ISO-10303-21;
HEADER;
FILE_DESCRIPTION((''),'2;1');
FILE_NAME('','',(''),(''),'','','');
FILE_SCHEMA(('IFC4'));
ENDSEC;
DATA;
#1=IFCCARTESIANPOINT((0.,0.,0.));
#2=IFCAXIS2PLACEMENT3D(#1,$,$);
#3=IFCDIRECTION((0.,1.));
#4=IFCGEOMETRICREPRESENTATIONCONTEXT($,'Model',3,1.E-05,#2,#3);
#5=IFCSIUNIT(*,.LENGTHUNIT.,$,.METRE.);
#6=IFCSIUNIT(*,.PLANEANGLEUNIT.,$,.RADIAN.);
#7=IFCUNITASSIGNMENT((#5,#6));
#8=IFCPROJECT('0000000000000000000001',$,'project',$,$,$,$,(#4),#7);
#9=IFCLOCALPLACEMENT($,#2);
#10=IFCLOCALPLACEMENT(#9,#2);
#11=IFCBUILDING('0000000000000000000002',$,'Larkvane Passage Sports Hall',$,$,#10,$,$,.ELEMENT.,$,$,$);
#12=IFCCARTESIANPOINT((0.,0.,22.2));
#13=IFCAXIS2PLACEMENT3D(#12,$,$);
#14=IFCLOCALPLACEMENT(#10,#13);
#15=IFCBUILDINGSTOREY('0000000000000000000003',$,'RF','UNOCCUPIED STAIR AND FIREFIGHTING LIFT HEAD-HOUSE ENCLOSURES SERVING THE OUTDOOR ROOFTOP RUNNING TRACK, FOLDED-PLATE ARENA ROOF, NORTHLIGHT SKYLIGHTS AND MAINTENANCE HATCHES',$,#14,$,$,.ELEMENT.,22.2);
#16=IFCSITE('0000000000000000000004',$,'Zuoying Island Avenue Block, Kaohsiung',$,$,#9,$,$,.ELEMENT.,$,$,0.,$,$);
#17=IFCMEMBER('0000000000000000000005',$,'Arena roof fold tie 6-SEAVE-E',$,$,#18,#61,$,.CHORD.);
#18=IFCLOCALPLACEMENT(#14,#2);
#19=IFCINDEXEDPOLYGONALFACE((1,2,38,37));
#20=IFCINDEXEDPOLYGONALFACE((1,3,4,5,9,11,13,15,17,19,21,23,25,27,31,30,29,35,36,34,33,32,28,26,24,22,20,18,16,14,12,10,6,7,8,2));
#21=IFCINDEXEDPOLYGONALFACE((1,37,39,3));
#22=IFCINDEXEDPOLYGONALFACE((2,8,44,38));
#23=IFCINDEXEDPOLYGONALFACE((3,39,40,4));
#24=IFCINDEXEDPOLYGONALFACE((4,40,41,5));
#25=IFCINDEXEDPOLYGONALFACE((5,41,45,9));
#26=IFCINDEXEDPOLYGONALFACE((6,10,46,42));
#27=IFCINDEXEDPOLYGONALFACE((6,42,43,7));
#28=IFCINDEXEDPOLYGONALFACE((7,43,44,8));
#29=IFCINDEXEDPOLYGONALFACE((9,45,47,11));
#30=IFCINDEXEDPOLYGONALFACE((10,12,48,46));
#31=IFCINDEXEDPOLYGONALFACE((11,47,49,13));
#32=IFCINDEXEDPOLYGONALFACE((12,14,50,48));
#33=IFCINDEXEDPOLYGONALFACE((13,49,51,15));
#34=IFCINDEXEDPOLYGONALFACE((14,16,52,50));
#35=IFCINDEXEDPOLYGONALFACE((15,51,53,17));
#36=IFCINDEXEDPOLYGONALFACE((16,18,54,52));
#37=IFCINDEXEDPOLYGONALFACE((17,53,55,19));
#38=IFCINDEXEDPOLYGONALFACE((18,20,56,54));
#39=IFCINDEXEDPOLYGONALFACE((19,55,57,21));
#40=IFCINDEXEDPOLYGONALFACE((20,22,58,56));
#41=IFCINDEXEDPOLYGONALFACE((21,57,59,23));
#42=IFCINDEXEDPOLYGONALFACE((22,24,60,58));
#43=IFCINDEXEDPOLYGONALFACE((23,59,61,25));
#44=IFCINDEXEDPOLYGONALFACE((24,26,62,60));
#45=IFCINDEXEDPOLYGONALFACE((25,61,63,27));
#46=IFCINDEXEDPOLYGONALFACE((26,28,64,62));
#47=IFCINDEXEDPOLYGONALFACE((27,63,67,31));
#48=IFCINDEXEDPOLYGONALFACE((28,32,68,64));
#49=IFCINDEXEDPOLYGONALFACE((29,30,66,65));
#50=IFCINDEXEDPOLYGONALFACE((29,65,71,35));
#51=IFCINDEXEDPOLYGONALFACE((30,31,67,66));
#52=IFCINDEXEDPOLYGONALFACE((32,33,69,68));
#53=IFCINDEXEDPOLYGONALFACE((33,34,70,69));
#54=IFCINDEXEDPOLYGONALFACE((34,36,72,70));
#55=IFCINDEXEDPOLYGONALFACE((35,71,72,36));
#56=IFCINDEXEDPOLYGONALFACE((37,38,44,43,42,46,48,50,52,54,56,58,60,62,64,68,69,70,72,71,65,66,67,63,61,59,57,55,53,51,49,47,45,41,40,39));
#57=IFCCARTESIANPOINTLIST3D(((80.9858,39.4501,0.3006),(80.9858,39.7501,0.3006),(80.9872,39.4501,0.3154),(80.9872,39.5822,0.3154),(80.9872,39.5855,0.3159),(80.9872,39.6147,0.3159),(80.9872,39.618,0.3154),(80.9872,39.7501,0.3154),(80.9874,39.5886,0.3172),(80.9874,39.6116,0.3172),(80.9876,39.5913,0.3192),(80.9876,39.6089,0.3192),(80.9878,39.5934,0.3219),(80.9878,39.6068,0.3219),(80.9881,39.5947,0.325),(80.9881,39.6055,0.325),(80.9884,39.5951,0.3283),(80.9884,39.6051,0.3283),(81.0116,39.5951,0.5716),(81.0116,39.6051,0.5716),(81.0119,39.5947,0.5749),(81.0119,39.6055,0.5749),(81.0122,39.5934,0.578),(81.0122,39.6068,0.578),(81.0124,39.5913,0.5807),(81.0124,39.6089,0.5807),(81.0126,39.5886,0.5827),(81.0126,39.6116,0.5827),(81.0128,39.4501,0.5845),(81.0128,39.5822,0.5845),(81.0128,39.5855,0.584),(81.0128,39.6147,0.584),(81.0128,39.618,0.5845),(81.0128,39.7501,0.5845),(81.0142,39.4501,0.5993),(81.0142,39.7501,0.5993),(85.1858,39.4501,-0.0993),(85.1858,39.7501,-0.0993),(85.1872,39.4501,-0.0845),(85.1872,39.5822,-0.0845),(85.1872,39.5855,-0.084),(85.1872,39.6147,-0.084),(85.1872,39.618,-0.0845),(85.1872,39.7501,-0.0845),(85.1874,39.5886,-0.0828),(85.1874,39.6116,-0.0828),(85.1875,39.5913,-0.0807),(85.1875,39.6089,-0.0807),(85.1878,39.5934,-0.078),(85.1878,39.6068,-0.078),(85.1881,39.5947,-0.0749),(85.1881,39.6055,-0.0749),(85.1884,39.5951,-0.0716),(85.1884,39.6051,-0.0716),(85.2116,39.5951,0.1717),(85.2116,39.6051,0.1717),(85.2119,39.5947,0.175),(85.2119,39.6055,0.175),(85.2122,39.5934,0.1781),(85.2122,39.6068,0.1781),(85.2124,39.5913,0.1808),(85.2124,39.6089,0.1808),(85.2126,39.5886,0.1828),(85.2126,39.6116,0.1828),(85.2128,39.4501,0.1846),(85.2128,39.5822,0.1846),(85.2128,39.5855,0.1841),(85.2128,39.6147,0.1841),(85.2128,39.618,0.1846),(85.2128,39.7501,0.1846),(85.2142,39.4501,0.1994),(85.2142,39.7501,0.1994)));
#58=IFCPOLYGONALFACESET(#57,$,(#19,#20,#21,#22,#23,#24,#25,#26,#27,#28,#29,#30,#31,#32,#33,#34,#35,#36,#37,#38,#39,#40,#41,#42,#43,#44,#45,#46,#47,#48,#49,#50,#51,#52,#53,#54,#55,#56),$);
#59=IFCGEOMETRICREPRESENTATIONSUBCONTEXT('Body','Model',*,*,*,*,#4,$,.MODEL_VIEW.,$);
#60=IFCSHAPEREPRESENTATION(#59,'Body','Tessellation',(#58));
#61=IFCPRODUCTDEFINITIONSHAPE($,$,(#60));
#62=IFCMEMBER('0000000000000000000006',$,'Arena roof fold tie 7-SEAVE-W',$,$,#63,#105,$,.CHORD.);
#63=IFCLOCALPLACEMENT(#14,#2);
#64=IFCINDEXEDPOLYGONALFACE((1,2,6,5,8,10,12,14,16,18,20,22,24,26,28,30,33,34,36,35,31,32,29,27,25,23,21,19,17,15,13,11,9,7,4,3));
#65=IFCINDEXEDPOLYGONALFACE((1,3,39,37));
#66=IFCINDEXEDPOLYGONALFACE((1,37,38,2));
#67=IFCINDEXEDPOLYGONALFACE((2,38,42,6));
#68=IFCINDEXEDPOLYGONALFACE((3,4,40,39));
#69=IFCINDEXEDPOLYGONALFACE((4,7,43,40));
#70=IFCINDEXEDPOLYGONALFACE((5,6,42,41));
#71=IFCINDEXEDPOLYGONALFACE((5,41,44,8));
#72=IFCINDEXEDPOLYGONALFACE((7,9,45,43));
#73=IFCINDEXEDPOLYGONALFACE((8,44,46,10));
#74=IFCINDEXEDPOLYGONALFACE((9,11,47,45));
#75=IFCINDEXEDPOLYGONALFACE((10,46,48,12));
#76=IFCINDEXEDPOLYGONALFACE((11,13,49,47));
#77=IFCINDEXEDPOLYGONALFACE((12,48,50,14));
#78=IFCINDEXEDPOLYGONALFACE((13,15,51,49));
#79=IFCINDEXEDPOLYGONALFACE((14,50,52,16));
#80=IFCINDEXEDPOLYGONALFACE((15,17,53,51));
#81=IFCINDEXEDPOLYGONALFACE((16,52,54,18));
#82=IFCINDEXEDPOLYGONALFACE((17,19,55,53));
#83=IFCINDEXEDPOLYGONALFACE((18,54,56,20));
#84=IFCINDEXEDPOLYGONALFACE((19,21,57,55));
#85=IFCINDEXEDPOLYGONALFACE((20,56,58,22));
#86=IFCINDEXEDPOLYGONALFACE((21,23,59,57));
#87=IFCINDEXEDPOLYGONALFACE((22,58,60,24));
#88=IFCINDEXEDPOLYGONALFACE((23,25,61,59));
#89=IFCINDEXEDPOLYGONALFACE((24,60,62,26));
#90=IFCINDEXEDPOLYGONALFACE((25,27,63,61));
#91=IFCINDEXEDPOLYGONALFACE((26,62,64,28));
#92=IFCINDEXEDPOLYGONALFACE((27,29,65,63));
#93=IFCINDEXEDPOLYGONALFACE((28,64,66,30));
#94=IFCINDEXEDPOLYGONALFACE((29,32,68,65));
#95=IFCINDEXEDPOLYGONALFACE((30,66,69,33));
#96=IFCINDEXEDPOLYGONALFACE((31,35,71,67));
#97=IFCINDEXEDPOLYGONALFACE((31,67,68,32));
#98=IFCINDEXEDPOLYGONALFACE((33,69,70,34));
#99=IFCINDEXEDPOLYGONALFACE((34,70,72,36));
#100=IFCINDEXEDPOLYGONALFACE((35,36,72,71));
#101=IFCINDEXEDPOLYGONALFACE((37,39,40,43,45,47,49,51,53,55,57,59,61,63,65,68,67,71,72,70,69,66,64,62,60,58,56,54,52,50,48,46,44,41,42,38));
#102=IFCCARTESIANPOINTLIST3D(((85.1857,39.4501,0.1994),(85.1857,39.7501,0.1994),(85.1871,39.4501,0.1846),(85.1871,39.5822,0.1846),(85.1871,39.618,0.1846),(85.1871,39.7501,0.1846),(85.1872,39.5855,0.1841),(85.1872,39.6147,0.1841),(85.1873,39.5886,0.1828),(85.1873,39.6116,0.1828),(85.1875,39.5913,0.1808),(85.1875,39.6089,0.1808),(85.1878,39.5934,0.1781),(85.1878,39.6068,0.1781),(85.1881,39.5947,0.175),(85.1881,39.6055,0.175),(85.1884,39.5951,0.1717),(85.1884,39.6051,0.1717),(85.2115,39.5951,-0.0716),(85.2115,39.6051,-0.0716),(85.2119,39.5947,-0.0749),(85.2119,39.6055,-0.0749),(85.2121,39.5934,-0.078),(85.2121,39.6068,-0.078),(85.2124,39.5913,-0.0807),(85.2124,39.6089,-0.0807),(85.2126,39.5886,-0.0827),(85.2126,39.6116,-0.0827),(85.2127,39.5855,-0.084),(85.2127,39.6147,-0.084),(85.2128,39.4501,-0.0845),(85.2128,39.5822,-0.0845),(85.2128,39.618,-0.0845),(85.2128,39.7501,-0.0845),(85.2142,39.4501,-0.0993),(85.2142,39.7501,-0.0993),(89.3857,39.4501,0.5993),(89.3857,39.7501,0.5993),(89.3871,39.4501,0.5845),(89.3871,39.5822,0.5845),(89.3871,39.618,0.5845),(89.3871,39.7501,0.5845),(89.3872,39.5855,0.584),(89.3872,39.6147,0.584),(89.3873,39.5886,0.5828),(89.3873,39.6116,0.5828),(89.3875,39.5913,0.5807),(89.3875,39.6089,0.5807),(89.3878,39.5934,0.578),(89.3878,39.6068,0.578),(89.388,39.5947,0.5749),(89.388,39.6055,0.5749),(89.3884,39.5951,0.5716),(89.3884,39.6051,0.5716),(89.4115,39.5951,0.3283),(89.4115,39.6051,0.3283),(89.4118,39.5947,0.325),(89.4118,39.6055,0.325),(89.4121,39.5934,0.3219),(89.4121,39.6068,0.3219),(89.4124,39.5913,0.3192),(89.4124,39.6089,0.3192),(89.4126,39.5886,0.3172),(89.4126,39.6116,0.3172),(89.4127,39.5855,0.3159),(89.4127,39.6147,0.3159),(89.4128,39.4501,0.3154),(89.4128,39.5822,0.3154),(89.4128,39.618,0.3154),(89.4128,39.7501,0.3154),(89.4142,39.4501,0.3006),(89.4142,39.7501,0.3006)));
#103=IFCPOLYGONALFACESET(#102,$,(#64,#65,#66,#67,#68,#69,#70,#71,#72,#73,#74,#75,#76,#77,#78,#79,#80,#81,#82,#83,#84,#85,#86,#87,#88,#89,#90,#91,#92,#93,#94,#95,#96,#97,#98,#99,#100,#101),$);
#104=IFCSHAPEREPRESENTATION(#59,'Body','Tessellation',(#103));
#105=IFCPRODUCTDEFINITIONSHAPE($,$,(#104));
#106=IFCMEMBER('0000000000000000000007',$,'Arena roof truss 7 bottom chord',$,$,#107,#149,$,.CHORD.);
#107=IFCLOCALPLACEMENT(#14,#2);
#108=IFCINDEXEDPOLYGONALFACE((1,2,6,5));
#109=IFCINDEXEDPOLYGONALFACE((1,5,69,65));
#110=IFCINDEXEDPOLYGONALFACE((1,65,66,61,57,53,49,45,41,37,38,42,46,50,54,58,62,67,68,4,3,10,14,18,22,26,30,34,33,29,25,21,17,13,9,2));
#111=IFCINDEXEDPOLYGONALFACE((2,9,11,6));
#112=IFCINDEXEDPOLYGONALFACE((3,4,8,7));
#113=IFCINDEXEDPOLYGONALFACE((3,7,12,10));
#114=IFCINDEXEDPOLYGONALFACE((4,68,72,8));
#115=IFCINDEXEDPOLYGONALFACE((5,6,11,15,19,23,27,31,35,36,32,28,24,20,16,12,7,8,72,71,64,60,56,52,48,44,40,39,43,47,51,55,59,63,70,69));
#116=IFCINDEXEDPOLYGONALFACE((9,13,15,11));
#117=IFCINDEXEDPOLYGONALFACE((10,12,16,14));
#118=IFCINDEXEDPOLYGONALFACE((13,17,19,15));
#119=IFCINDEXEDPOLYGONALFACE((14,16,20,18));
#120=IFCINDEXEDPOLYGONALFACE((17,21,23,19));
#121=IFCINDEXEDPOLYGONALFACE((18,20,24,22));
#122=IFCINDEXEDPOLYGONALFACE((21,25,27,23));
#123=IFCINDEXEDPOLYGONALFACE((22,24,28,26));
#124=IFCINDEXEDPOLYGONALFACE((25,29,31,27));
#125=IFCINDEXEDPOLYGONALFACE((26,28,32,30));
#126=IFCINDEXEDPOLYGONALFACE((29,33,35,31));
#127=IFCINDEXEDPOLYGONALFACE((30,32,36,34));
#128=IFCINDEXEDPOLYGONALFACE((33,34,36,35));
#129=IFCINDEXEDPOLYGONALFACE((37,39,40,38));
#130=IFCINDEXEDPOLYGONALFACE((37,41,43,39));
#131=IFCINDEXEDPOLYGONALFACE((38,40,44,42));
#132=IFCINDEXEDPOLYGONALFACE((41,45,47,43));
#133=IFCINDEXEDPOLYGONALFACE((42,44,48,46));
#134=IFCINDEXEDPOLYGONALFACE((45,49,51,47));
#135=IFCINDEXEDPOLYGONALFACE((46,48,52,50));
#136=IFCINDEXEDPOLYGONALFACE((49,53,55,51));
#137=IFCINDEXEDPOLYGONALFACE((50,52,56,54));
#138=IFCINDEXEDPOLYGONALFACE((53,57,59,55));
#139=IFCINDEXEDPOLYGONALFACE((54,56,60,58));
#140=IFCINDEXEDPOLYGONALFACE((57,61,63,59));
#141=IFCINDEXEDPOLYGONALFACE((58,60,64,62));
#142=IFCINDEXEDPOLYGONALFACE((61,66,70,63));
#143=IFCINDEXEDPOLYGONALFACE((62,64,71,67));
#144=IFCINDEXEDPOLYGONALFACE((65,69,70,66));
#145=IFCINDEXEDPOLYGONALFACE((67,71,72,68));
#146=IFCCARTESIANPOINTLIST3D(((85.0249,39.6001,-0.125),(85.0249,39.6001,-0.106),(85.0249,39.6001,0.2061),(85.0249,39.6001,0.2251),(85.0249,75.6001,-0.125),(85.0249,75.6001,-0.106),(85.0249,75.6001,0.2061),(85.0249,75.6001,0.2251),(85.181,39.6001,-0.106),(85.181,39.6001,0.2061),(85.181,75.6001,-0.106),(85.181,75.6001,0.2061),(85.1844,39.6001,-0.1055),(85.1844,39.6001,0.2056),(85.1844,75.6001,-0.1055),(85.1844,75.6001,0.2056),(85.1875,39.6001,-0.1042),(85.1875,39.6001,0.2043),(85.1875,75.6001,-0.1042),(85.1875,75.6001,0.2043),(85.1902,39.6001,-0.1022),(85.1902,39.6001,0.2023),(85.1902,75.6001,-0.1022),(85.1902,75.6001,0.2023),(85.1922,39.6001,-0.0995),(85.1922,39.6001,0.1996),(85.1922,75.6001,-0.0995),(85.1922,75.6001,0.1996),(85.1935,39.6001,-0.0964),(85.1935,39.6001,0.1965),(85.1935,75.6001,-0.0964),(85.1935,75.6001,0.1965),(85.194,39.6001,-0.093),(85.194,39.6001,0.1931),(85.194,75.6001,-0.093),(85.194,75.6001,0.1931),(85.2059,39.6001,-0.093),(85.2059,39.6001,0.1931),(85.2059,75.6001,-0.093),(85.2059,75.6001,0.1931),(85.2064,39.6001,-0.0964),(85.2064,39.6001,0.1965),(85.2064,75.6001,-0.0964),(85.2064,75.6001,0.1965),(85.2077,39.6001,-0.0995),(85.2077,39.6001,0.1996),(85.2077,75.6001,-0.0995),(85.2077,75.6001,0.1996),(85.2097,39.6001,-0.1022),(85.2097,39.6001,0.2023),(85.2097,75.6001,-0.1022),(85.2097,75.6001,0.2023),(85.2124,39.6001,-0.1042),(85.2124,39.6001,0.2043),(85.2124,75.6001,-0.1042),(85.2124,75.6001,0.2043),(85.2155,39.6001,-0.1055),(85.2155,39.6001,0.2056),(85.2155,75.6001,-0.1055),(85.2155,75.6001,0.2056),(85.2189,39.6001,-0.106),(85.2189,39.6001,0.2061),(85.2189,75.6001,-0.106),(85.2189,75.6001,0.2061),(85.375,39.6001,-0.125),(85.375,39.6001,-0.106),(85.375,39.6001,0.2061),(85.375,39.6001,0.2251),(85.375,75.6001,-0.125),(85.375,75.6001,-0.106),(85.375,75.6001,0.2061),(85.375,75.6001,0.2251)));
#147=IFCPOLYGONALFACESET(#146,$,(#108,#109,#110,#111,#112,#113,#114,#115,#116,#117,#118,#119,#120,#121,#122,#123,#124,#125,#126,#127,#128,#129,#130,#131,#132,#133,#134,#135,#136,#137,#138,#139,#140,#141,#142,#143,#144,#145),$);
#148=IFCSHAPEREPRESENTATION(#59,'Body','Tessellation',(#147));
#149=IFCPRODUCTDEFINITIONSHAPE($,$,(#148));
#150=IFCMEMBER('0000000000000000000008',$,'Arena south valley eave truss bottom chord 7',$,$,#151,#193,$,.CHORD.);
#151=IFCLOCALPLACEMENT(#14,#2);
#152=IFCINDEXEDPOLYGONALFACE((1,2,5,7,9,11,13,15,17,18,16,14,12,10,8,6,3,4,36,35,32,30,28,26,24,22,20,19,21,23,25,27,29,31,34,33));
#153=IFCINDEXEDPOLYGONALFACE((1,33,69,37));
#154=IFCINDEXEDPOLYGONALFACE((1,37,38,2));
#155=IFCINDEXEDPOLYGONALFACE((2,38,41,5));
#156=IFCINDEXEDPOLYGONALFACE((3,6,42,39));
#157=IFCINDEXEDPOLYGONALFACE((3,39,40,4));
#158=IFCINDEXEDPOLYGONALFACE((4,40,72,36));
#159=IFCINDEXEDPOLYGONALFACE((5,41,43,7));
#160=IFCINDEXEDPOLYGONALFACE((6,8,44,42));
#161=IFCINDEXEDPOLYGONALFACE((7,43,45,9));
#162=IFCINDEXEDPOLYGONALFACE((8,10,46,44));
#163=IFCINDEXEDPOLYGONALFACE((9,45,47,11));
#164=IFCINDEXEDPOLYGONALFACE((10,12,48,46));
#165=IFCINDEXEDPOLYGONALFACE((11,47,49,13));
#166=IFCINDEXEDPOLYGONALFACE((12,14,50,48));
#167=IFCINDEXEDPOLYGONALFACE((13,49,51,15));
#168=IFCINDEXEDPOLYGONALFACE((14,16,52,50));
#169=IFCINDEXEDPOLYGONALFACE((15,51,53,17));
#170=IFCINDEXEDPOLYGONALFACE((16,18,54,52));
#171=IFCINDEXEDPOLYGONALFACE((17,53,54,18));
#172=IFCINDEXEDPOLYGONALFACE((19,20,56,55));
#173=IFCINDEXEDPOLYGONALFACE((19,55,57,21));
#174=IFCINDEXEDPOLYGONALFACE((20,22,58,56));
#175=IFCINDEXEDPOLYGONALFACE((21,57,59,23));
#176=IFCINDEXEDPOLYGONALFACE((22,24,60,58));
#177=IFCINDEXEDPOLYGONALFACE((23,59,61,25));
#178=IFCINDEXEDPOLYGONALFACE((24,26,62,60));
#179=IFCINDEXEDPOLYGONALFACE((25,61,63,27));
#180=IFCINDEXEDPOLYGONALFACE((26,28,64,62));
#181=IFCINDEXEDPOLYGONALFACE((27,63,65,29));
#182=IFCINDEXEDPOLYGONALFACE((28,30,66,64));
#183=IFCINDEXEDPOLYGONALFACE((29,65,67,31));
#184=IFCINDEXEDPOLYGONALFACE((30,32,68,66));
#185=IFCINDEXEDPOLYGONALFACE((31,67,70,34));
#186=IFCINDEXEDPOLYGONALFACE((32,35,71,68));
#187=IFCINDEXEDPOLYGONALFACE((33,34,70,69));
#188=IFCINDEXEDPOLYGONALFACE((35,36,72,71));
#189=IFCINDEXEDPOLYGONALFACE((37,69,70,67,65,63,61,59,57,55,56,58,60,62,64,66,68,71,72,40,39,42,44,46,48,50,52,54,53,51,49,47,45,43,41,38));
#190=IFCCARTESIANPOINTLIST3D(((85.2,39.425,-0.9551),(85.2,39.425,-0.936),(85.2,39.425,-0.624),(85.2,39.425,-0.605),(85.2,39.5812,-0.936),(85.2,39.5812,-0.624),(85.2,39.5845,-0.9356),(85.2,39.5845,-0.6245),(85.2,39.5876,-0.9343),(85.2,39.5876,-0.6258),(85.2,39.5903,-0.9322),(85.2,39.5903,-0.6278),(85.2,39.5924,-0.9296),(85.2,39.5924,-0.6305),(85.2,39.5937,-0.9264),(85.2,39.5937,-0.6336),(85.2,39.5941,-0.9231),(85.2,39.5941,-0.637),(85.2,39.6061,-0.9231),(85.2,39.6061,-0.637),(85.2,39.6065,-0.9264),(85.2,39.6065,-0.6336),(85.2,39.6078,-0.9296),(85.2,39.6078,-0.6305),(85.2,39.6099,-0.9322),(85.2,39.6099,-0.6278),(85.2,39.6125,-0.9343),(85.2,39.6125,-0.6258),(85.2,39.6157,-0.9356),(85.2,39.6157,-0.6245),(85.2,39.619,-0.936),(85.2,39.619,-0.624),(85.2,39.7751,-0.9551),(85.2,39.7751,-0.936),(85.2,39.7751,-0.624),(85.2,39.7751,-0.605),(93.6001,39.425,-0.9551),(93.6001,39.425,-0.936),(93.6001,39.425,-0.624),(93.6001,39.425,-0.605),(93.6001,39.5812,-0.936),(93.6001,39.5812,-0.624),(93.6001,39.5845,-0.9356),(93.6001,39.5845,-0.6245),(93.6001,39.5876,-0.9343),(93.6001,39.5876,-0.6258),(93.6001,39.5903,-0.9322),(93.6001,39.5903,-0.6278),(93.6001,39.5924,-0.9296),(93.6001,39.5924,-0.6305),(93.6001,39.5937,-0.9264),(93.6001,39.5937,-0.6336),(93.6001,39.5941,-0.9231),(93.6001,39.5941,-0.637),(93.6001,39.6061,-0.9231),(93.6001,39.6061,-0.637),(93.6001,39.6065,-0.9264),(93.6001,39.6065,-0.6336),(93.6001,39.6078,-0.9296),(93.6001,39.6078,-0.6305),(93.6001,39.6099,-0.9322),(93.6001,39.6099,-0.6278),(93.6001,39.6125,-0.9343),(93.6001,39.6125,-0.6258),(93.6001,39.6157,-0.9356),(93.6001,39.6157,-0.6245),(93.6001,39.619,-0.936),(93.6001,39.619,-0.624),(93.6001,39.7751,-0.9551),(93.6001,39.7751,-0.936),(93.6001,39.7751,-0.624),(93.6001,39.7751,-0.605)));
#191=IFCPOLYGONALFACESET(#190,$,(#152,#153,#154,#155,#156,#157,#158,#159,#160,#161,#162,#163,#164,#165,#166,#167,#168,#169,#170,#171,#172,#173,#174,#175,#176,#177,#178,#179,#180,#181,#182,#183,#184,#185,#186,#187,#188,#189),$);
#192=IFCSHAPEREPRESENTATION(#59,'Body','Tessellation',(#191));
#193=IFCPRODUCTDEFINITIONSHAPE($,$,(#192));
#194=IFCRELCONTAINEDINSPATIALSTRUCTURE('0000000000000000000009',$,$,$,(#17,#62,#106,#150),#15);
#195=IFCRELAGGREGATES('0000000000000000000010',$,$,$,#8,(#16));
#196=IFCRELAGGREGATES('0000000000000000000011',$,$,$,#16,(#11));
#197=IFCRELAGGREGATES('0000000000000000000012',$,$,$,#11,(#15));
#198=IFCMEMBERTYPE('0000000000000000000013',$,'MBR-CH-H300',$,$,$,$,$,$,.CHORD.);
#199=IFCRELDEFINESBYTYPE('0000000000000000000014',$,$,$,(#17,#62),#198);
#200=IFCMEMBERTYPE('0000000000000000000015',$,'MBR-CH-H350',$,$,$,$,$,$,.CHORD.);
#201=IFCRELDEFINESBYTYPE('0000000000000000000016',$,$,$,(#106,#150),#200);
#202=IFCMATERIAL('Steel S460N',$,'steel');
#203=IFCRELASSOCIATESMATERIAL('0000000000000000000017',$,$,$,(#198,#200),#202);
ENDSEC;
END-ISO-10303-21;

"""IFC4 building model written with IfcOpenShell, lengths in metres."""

from ifc_helpers import new_model, si_unit, direction, frame, origin, origin_2d, place, context, subcontext, project, spatial, i_section, extrude, material, material_profile, profile_set, type_object, element, save


model = new_model("IFC4")

# Units and contexts
model_context = context("Model", 3, precision=1e-05, world=origin(), true_north=direction((0.0, 1.0)))
body_context = subcontext(model_context, "Body", "Model", "MODEL_VIEW")
ifc_project = project(units=[si_unit("LENGTHUNIT", "METRE"), si_unit("PLANEANGLEUNIT", "RADIAN")], contexts=[model_context])

# Site, building, storey
site_placement = place(None, origin())
site = spatial("IfcSite", under=ifc_project, at=site_placement, Name="Zuoying Island Avenue Block, Kaohsiung", CompositionType="ELEMENT", RefElevation=0.0)
building_placement = place(site_placement, origin())
building = spatial("IfcBuilding", under=site, at=building_placement, Name="Larkvane Passage Sports Hall", CompositionType="ELEMENT")
storey_placement = place(building_placement, frame((0.0, 0.0, 22.2)))
storey = spatial("IfcBuildingStorey", under=building, at=storey_placement, Name="RF", Description="UNOCCUPIED STAIR AND FIREFIGHTING LIFT HEAD-HOUSE ENCLOSURES SERVING THE OUTDOOR ROOFTOP RUNNING TRACK, FOLDED-PLATE ARENA ROOF, NORTHLIGHT SKYLIGHTS AND MAINTENANCE HATCHES", CompositionType="ELEMENT", Elevation=22.2)

# Members
ifc_material_1 = material(Name="Steel S460N", Category="steel")
ifc_material_profile_1 = material_profile(ifc_material_1, i_section(OverallWidth=0.3, OverallDepth=0.3, WebThickness=0.01, FlangeThickness=0.0149, FilletRadius=0.0129, at=origin_2d()), Name="H-300x300x10x15")
ifc_profile_set_1 = profile_set([ifc_material_profile_1], Name="Steel S460N")
member_type_1 = type_object("IfcMemberType", Name="MBR-CH-H300", PredefinedType="CHORD", material=ifc_profile_set_1)
for number, where, z_axis, x_axis, name in (
    (1, (81.0, 39.6001, 0.45), (0.995498, 0.0, -0.094787), (0.0, 1.0, 0.0), "Arena roof fold tie 6-SEAVE-E"),
    (2, (85.2, 39.6001, 0.05), (0.995498, 0.0, 0.094787), (0.0, 1.0, 0.0), "Arena roof fold tie 7-SEAVE-W"),
):
    element("IfcMember", number, at=place(storey_placement, frame(where, z_axis=z_axis, x_axis=x_axis)), inside=storey, type_object=member_type_1, Name=name, PredefinedType="CHORD", context=body_context, shape_type="SweptSolid", body=[
        extrude(i_section(OverallWidth=0.3, OverallDepth=0.3, WebThickness=0.01, FlangeThickness=0.0149, FilletRadius=0.0129, at=origin_2d()), origin(), (0.0, 0.0, 1.0), 4.219),
    ])
ifc_material_profile_2 = material_profile(ifc_material_1, i_section(OverallWidth=0.3501, OverallDepth=0.3501, WebThickness=0.012, FlangeThickness=0.019, FilletRadius=0.0129, at=origin_2d()), Name="H-350x350x12x19")
ifc_profile_set_2 = profile_set([ifc_material_profile_2], Name="Steel S460N")
member_type_2 = type_object("IfcMemberType", Name="MBR-CH-H350", PredefinedType="CHORD", material=ifc_profile_set_2)
member_1_placement = place(storey_placement, frame((85.2, 39.6001, 0.05), z_axis=(0.0, 1.0, 0.0), x_axis=(-1.0, 0.0, 0.0)))
element("IfcMember", 3, at=member_1_placement, inside=storey, type_object=member_type_2, Name="Arena roof truss 7 bottom chord", PredefinedType="CHORD", context=body_context, shape_type="SweptSolid", body=[
    extrude(i_section(OverallWidth=0.3501, OverallDepth=0.3501, WebThickness=0.012, FlangeThickness=0.019, FilletRadius=0.0129, at=origin_2d()), origin(), (0.0, 0.0, 1.0), 36.0),
])
for number, where, z_axis, x_axis, name in (
    (4, (85.2, 39.6001, -0.78), (1.0, 0.0, 0.0), (0.0, 1.0, 0.0), "Arena south valley eave truss bottom chord 7"),
):
    element("IfcMember", number, at=place(storey_placement, frame(where, z_axis=z_axis, x_axis=x_axis)), inside=storey, type_object=member_type_2, Name=name, PredefinedType="CHORD", context=body_context, shape_type="SweptSolid", body=[
        extrude(i_section(OverallWidth=0.3501, OverallDepth=0.3501, WebThickness=0.012, FlangeThickness=0.019, FilletRadius=0.0129, at=origin_2d()), origin(), (0.0, 0.0, 1.0), 8.4001),
    ])

save(model, "model.ifc")
